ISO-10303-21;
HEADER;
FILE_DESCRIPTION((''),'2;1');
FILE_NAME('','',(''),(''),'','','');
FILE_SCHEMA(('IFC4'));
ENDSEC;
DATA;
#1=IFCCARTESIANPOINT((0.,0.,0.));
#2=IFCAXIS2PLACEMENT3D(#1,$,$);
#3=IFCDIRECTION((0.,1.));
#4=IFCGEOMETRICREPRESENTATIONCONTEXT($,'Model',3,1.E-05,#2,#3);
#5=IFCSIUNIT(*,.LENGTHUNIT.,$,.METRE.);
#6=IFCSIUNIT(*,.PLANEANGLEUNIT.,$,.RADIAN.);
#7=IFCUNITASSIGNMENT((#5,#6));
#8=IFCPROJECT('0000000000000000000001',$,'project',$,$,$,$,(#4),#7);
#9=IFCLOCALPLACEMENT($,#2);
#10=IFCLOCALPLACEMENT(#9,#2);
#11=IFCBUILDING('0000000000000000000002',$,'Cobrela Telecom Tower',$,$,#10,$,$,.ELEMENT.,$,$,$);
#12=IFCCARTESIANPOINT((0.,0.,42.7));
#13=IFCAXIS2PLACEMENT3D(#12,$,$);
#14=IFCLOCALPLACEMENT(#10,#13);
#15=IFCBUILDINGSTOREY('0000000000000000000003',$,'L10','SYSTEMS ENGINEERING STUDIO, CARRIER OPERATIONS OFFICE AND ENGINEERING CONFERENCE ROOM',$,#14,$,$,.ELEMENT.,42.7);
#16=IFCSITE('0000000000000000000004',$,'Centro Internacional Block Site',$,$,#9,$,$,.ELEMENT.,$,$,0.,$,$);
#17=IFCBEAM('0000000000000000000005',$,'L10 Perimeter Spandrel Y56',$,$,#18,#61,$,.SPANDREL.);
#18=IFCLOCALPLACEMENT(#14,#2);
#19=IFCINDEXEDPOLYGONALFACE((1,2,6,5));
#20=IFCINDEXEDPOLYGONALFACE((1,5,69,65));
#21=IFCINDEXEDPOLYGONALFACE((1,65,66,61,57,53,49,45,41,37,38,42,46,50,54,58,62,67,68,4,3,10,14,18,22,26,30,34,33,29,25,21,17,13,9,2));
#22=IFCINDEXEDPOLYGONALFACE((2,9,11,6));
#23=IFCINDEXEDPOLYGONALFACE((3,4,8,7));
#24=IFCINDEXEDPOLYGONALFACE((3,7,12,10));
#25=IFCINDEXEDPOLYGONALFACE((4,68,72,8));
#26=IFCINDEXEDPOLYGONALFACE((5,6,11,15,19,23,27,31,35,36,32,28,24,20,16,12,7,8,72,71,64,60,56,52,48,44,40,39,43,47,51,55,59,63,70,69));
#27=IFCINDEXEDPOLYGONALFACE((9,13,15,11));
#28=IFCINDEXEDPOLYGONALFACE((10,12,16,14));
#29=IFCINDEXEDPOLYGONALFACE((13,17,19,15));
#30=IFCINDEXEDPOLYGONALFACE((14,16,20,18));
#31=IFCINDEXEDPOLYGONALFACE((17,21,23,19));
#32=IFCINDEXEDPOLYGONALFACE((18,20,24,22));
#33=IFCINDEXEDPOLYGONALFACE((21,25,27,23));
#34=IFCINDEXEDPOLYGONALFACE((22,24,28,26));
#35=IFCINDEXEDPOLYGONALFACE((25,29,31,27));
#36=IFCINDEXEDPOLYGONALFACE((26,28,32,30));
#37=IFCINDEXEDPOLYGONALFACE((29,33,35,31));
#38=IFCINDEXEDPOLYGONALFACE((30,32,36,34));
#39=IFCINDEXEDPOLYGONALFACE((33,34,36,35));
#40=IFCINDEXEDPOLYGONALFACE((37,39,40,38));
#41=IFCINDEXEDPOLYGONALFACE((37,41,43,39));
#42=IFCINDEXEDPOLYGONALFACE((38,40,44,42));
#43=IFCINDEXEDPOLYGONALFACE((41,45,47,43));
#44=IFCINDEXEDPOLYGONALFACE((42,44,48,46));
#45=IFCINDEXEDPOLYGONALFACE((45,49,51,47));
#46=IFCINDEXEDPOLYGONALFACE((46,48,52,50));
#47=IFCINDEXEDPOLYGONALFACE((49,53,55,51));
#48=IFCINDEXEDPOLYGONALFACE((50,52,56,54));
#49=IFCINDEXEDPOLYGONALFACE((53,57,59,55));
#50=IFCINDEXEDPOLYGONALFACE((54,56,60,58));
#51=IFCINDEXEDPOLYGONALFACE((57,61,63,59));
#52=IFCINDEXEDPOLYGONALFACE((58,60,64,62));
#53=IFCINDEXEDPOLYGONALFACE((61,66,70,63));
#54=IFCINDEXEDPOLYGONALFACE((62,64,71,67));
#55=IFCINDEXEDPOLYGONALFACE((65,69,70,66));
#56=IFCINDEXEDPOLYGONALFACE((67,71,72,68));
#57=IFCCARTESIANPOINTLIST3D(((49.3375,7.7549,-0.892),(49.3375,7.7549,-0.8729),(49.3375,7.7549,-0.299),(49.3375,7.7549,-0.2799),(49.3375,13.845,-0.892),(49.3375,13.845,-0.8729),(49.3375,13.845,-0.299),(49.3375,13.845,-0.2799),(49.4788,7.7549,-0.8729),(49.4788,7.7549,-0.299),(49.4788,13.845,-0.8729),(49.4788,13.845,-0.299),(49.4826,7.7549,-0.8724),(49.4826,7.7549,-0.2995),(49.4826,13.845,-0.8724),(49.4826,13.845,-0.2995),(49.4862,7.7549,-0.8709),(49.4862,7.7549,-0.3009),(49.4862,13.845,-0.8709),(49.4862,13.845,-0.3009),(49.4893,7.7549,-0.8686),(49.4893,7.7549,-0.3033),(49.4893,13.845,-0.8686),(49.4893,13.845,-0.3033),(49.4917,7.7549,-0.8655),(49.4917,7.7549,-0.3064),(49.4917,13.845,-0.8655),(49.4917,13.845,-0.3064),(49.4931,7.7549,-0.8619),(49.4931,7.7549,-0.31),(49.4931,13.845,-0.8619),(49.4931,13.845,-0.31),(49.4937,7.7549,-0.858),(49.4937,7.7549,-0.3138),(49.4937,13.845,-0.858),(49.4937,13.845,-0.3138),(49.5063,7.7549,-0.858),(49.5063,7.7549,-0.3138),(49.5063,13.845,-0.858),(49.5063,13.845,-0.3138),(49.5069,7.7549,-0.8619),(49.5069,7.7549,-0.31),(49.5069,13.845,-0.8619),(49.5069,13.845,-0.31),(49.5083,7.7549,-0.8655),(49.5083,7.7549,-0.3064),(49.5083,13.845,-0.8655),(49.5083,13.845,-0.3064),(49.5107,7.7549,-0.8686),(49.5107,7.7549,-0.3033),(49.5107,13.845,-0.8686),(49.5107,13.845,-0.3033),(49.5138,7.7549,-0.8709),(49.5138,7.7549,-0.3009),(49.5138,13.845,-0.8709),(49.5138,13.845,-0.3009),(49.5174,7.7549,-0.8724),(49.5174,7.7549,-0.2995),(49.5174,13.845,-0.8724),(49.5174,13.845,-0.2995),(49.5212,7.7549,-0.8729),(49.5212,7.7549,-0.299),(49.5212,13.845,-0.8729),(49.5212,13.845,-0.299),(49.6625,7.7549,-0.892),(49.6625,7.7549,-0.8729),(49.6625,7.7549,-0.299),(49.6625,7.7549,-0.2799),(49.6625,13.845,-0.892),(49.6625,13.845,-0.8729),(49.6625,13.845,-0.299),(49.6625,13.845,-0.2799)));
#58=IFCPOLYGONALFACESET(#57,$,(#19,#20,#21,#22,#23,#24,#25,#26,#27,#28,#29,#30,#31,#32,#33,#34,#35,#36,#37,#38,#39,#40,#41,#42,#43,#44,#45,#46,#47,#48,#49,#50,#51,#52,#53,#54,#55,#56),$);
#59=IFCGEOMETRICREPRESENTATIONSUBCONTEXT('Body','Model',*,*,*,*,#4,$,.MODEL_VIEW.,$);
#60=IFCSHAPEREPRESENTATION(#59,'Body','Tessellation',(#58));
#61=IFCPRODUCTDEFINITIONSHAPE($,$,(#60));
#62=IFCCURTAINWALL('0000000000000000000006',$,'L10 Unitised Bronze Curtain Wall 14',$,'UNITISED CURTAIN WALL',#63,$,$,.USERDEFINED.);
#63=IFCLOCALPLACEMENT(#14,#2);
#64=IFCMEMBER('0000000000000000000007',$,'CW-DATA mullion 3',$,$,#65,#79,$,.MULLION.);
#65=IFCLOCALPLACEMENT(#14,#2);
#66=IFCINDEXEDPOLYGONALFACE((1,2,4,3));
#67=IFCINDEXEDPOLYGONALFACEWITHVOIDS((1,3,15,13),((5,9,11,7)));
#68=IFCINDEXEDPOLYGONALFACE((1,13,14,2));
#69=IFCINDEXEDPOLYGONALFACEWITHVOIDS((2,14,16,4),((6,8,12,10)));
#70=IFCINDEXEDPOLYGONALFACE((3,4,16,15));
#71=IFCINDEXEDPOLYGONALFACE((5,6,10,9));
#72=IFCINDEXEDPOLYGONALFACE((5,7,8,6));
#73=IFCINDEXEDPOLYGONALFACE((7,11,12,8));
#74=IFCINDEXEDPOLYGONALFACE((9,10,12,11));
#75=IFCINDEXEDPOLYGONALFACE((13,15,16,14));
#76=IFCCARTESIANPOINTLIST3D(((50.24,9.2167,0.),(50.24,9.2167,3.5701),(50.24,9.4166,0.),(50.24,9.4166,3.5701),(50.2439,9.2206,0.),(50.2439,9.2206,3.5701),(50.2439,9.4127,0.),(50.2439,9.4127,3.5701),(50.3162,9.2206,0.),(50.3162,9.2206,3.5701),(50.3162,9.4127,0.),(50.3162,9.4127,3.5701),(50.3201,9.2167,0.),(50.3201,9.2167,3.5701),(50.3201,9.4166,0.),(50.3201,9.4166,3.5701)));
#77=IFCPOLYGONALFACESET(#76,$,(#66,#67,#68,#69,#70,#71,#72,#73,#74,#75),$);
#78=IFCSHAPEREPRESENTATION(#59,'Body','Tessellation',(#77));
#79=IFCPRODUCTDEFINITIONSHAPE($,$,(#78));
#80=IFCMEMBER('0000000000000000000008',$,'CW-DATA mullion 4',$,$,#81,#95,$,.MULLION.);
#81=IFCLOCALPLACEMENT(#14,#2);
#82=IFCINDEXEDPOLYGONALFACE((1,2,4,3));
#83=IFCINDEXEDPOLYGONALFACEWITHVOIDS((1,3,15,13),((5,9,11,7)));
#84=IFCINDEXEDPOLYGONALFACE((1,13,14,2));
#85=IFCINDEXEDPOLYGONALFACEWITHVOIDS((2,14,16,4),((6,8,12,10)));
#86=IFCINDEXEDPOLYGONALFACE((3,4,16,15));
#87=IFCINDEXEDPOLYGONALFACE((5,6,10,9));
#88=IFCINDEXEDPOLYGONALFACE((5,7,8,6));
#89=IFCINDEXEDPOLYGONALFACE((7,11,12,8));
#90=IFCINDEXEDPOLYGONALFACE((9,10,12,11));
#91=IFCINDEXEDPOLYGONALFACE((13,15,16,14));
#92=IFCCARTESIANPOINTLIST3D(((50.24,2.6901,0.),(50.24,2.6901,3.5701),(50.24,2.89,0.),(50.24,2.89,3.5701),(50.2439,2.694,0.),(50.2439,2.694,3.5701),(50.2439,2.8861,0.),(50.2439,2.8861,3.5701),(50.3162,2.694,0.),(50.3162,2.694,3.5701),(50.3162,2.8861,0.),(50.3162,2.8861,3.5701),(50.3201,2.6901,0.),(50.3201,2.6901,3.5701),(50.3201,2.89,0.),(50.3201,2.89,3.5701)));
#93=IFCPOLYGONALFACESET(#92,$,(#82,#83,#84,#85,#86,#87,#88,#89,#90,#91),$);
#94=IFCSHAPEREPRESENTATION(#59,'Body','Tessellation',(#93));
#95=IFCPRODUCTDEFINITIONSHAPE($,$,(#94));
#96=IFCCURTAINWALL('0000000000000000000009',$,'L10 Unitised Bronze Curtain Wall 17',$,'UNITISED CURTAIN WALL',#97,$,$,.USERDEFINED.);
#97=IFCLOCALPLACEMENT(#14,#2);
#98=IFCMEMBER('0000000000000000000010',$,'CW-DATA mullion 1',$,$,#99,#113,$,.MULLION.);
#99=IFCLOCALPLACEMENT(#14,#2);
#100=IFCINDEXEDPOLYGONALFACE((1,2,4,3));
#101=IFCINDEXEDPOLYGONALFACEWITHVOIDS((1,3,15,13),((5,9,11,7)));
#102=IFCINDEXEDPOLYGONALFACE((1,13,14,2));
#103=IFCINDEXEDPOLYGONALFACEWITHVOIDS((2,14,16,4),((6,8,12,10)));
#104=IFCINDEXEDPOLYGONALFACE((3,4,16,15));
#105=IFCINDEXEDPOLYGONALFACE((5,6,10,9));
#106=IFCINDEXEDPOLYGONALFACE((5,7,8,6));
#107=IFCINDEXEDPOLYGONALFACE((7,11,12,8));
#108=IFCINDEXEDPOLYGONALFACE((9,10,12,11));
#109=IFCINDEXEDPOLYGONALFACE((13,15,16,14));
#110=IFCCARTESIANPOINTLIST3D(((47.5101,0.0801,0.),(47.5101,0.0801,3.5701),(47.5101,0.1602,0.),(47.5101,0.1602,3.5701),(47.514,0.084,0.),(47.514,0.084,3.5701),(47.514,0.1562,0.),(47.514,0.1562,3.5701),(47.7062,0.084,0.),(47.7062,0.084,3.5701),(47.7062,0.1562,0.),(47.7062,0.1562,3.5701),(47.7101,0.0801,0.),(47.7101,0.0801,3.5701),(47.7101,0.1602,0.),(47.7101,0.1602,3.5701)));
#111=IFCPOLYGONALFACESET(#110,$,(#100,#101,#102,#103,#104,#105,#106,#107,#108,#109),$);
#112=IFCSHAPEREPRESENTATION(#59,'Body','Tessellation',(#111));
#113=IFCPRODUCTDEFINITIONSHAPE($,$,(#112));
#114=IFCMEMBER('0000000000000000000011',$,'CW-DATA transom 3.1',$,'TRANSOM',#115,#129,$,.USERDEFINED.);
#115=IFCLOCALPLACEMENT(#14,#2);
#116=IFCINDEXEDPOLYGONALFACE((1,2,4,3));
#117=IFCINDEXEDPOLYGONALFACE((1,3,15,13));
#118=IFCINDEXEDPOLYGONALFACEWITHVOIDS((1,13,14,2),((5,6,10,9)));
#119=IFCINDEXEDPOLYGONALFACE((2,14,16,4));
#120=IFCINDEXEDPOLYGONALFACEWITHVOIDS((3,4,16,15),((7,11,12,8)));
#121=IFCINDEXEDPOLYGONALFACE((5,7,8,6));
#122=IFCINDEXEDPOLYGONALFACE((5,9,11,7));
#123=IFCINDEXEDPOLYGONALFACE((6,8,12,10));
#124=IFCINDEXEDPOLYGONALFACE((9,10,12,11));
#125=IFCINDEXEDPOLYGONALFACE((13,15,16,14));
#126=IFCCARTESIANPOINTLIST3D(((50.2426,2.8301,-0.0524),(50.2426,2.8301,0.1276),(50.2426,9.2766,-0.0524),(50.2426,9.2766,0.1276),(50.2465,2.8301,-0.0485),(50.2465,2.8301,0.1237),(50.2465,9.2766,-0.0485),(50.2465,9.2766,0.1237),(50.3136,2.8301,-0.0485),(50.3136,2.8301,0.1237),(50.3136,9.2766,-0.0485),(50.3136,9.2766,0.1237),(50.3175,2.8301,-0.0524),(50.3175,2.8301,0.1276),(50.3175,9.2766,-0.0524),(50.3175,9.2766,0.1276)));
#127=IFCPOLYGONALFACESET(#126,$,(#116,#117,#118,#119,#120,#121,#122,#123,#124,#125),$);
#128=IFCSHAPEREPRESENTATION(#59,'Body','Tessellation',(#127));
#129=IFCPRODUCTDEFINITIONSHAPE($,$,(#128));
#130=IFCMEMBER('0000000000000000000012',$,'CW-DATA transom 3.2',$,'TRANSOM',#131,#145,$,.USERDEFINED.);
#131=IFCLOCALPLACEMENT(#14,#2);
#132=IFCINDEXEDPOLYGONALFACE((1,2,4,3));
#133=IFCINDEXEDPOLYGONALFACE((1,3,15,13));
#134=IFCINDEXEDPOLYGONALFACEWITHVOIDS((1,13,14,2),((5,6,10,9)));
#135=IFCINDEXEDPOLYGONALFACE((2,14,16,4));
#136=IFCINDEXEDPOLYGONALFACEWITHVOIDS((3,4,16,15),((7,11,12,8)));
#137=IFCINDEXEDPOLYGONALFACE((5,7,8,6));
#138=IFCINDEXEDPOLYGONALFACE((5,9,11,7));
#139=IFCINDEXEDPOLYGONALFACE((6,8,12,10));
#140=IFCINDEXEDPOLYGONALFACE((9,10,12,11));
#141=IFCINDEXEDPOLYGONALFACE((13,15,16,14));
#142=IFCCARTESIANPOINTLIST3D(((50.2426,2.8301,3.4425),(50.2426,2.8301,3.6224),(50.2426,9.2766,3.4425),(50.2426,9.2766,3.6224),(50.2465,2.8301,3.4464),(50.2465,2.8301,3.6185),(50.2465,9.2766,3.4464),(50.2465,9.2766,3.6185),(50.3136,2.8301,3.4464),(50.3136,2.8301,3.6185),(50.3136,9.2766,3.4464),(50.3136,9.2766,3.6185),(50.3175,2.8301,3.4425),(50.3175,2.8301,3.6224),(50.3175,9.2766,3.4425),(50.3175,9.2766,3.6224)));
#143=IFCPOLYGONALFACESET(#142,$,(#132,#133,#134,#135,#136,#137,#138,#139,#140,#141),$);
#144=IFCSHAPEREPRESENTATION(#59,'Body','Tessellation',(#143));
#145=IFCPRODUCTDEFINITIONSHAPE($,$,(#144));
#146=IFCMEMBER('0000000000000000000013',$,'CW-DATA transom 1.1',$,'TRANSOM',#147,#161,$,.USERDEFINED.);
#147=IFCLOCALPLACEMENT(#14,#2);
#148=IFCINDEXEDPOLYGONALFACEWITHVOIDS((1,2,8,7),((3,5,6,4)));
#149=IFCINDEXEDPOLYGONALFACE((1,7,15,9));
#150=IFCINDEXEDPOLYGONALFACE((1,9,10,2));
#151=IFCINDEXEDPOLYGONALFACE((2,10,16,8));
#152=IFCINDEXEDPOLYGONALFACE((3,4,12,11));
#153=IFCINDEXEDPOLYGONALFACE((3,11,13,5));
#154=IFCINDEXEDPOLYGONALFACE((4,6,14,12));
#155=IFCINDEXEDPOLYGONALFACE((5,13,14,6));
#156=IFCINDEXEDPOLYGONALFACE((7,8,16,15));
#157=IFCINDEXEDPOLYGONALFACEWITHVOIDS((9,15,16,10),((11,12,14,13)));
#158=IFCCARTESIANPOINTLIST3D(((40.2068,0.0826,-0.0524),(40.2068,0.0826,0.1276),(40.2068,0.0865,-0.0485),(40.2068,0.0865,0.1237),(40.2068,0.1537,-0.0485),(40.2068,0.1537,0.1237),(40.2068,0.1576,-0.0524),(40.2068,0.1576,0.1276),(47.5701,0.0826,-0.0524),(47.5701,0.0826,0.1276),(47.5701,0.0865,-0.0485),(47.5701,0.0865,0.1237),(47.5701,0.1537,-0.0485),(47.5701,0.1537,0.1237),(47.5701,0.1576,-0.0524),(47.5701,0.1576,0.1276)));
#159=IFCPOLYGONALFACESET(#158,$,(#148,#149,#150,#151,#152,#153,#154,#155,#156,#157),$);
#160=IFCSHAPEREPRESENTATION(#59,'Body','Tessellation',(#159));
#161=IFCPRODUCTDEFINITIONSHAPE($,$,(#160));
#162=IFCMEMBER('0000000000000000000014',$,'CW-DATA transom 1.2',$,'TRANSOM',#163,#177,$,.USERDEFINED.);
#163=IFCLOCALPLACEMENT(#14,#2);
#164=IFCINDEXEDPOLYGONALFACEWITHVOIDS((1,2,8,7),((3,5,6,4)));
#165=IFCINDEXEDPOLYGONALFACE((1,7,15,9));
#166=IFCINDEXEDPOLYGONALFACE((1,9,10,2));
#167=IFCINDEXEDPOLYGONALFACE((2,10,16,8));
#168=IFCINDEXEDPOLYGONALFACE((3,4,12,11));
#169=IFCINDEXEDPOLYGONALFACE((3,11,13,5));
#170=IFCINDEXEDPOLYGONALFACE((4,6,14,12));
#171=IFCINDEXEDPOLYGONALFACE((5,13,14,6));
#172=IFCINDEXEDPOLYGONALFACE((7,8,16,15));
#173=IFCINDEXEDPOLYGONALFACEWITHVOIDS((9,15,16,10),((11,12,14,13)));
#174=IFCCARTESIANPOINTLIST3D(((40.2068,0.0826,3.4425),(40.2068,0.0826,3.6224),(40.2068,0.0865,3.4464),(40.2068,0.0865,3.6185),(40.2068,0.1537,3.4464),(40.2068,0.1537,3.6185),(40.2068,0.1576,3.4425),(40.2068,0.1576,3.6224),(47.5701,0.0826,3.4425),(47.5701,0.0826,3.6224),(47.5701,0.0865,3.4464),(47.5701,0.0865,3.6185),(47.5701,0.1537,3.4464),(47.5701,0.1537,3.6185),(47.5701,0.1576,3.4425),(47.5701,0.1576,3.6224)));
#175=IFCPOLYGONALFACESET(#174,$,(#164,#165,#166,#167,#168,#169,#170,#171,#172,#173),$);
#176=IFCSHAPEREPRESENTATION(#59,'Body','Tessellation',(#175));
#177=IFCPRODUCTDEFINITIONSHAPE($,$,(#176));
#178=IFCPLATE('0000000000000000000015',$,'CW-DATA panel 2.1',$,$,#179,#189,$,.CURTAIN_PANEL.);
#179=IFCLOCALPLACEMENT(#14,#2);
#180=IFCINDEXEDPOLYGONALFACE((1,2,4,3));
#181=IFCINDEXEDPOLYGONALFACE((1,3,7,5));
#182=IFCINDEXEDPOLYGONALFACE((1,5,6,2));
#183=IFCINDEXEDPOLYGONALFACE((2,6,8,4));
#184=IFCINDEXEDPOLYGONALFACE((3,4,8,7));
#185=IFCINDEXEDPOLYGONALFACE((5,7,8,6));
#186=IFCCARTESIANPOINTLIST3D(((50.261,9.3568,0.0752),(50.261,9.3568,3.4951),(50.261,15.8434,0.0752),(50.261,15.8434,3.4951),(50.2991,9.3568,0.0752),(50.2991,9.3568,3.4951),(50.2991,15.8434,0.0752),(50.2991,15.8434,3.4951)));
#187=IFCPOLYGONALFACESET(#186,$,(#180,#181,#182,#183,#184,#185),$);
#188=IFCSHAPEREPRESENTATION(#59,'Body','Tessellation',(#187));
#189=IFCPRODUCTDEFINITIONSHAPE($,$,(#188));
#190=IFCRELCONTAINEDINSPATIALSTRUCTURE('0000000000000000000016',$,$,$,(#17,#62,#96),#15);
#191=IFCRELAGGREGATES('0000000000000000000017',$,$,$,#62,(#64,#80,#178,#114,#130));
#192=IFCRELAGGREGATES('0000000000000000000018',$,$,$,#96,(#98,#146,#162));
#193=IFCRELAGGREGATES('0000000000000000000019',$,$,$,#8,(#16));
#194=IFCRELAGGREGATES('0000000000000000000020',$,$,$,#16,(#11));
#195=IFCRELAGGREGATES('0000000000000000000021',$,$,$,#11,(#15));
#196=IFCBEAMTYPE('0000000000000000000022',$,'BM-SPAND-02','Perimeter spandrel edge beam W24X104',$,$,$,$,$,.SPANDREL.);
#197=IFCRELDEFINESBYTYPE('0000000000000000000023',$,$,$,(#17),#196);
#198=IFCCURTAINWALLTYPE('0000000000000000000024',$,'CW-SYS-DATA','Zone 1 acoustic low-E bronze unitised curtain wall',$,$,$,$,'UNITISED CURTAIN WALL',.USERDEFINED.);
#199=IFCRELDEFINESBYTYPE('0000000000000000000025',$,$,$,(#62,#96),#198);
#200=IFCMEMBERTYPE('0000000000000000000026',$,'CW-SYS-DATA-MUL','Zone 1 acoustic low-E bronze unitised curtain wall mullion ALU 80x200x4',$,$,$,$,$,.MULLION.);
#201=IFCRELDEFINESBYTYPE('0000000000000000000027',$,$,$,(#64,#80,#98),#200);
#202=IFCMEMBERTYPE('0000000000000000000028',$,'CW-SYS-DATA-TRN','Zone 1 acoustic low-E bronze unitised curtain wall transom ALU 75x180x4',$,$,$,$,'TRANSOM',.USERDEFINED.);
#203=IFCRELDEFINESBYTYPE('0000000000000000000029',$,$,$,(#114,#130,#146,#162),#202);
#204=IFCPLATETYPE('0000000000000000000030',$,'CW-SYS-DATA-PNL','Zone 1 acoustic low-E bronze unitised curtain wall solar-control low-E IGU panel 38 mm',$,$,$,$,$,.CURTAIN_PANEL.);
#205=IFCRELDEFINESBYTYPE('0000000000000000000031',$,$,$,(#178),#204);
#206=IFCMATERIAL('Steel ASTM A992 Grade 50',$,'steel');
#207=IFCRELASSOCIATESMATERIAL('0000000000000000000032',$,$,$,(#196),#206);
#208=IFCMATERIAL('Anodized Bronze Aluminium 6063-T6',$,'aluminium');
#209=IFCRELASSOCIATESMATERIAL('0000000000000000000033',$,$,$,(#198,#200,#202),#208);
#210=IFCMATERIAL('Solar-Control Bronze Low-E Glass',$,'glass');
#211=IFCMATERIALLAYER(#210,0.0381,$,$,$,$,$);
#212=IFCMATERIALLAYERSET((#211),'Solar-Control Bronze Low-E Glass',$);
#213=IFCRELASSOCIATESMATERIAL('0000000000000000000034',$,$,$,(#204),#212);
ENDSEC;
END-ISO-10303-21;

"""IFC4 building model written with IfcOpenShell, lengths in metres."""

from ifc_helpers import new_model, si_unit, direction, frame, origin, origin_2d, place, context, subcontext, project, spatial, rectangle, hollow_rectangle, i_section, extrude, material, layer, layer_set, material_profile, profile_set, type_object, element, aggregate, save


model = new_model("IFC4")

# Units and contexts
model_context = context("Model", 3, precision=1e-05, world=origin(), true_north=direction((0.0, 1.0)))
body_context = subcontext(model_context, "Body", "Model", "MODEL_VIEW")
ifc_project = project(units=[si_unit("LENGTHUNIT", "METRE"), si_unit("PLANEANGLEUNIT", "RADIAN")], contexts=[model_context])

# Site, building, storey
site_placement = place(None, origin())
site = spatial("IfcSite", under=ifc_project, at=site_placement, Name="Centro Internacional Block Site", CompositionType="ELEMENT", RefElevation=0.0)
building_placement = place(site_placement, origin())
building = spatial("IfcBuilding", under=site, at=building_placement, Name="Cobrela Telecom Tower", CompositionType="ELEMENT")
storey_placement = place(building_placement, frame((0.0, 0.0, 42.7)))
storey = spatial("IfcBuildingStorey", under=building, at=storey_placement, Name="L10", Description="SYSTEMS ENGINEERING STUDIO, CARRIER OPERATIONS OFFICE AND ENGINEERING CONFERENCE ROOM", CompositionType="ELEMENT", Elevation=42.7)

# Shared definitions
ifc_material_1 = material(Name="Steel ASTM A992 Grade 50", Category="steel")

# Beam
ifc_material_profile_1 = material_profile(ifc_material_1, i_section(OverallWidth=0.325, OverallDepth=0.6121, WebThickness=0.0127, FlangeThickness=0.019, FilletRadius=0.0149, at=origin_2d()), Name="W24X104")
ifc_profile_set_1 = profile_set([ifc_material_profile_1], Name="Steel ASTM A992 Grade 50")
beam_type_1 = type_object("IfcBeamType", Name="BM-SPAND-02", Description="Perimeter spandrel edge beam W24X104", PredefinedType="SPANDREL", material=ifc_profile_set_1)
beam_1_placement = place(storey_placement, frame((49.5, 7.7549, -0.5859), z_axis=(0.0, 1.0, 0.0), x_axis=(-1.0, 0.0, 0.0)))
element("IfcBeam", 1, at=beam_1_placement, inside=storey, type_object=beam_type_1, Name="L10 Perimeter Spandrel Y56", PredefinedType="SPANDREL", context=body_context, shape_type="SweptSolid", body=[
    extrude(i_section(OverallWidth=0.325, OverallDepth=0.6121, WebThickness=0.0127, FlangeThickness=0.019, FilletRadius=0.0149, at=origin_2d()), origin(), (0.0, 0.0, 1.0), 6.0901),
])

# Curtain wall, members
ifc_material_2 = material(Name="Anodized Bronze Aluminium 6063-T6", Category="aluminium")
curtain_wall_type = type_object("IfcCurtainWallType", Name="CW-SYS-DATA", Description="Zone 1 acoustic low-E bronze unitised curtain wall", ElementType="UNITISED CURTAIN WALL", PredefinedType="USERDEFINED", material=ifc_material_2)
curtain_wall_1_placement = place(storey_placement, origin())
curtain_wall_1 = element("IfcCurtainWall", 2, at=curtain_wall_1_placement, inside=storey, type_object=curtain_wall_type, Name="L10 Unitised Bronze Curtain Wall 14", ObjectType="UNITISED CURTAIN WALL", PredefinedType="USERDEFINED")
ifc_material_profile_2 = material_profile(ifc_material_2, hollow_rectangle(XDim=0.0801, YDim=0.2, WallThickness=0.0039, at=origin_2d()), Name="ALU 80x200x4")
ifc_profile_set_2 = profile_set([ifc_material_profile_2], Name="Anodized Bronze Aluminium 6063-T6")
member_type_1 = type_object("IfcMemberType", Name="CW-SYS-DATA-MUL", Description="Zone 1 acoustic low-E bronze unitised curtain wall mullion ALU 80x200x4", PredefinedType="MULLION", material=ifc_profile_set_2)
member_1_placement = place(storey_placement, frame((50.28, 9.3167, 0.0), z_axis=(0.0, 0.0, 1.0), x_axis=(1.0, 0.0, 0.0)))
member_1 = element("IfcMember", 3, at=member_1_placement, type_object=member_type_1, Name="CW-DATA mullion 3", PredefinedType="MULLION", context=body_context, shape_type="SweptSolid", body=[
    extrude(hollow_rectangle(XDim=0.0801, YDim=0.2, WallThickness=0.0039, at=origin_2d()), origin(), (0.0, 0.0, 1.0), 3.5701),
])
member_2_placement = place(storey_placement, frame((50.28, 2.79, 0.0), z_axis=(0.0, 0.0, 1.0), x_axis=(1.0, 0.0, 0.0)))
member_2 = element("IfcMember", 4, at=member_2_placement, type_object=member_type_1, Name="CW-DATA mullion 4", PredefinedType="MULLION", context=body_context, shape_type="SweptSolid", body=[
    extrude(hollow_rectangle(XDim=0.0801, YDim=0.2, WallThickness=0.0039, at=origin_2d()), origin(), (0.0, 0.0, 1.0), 3.5701),
])

# Curtain wall, member
curtain_wall_2_placement = place(storey_placement, origin())
curtain_wall_2 = element("IfcCurtainWall", 5, at=curtain_wall_2_placement, inside=storey, type_object=curtain_wall_type, Name="L10 Unitised Bronze Curtain Wall 17", ObjectType="UNITISED CURTAIN WALL", PredefinedType="USERDEFINED")
member_3_placement = place(storey_placement, frame((47.6101, 0.1201, 0.0), z_axis=(0.0, 0.0, 1.0), x_axis=(0.0, -1.0, 0.0)))
member_3 = element("IfcMember", 6, at=member_3_placement, type_object=member_type_1, Name="CW-DATA mullion 1", PredefinedType="MULLION", context=body_context, shape_type="SweptSolid", body=[
    extrude(hollow_rectangle(XDim=0.0801, YDim=0.2, WallThickness=0.0039, at=origin_2d()), origin(), (0.0, 0.0, 1.0), 3.5701),
])

# Members
ifc_material_profile_3 = material_profile(ifc_material_2, hollow_rectangle(XDim=0.075, YDim=0.1799, WallThickness=0.0039, at=origin_2d()), Name="ALU 75x180x4")
ifc_profile_set_3 = profile_set([ifc_material_profile_3], Name="Anodized Bronze Aluminium 6063-T6")
member_type_2 = type_object("IfcMemberType", Name="CW-SYS-DATA-TRN", Description="Zone 1 acoustic low-E bronze unitised curtain wall transom ALU 75x180x4", ElementType="TRANSOM", PredefinedType="USERDEFINED", material=ifc_profile_set_3)
member_4_placement = place(storey_placement, frame((50.28, 9.2766, 0.0376), z_axis=(0.0, -1.0, 0.0), x_axis=(1.0, 0.0, 0.0)))
member_4 = element("IfcMember", 7, at=member_4_placement, type_object=member_type_2, Name="CW-DATA transom 3.1", ObjectType="TRANSOM", PredefinedType="USERDEFINED", context=body_context, shape_type="SweptSolid", body=[
    extrude(hollow_rectangle(XDim=0.075, YDim=0.1799, WallThickness=0.0039, at=origin_2d()), origin(), (0.0, 0.0, 1.0), 6.4465),
])
member_5_placement = place(storey_placement, frame((50.28, 9.2766, 3.5325), z_axis=(0.0, -1.0, 0.0), x_axis=(1.0, 0.0, 0.0)))
member_5 = element("IfcMember", 8, at=member_5_placement, type_object=member_type_2, Name="CW-DATA transom 3.2", ObjectType="TRANSOM", PredefinedType="USERDEFINED", context=body_context, shape_type="SweptSolid", body=[
    extrude(hollow_rectangle(XDim=0.075, YDim=0.1799, WallThickness=0.0039, at=origin_2d()), origin(), (0.0, 0.0, 1.0), 6.4465),
])
member_6_placement = place(storey_placement, frame((47.5701, 0.1201, 0.0376), z_axis=(-1.0, 0.0, 0.0), x_axis=(0.0, -1.0, 0.0)))
member_6 = element("IfcMember", 9, at=member_6_placement, type_object=member_type_2, Name="CW-DATA transom 1.1", ObjectType="TRANSOM", PredefinedType="USERDEFINED", context=body_context, shape_type="SweptSolid", body=[
    extrude(hollow_rectangle(XDim=0.075, YDim=0.1799, WallThickness=0.0039, at=origin_2d()), origin(), (0.0, 0.0, 1.0), 7.3633),
])
member_7_placement = place(storey_placement, frame((47.5701, 0.1201, 3.5325), z_axis=(-1.0, 0.0, 0.0), x_axis=(0.0, -1.0, 0.0)))
member_7 = element("IfcMember", 10, at=member_7_placement, type_object=member_type_2, Name="CW-DATA transom 1.2", ObjectType="TRANSOM", PredefinedType="USERDEFINED", context=body_context, shape_type="SweptSolid", body=[
    extrude(hollow_rectangle(XDim=0.075, YDim=0.1799, WallThickness=0.0039, at=origin_2d()), origin(), (0.0, 0.0, 1.0), 7.3633),
])

# Plate
ifc_material_3 = material(Name="Solar-Control Bronze Low-E Glass", Category="glass")
ifc_layer_1 = layer(ifc_material_3, 0.0381)
ifc_layer_set_1 = layer_set([ifc_layer_1], Name="Solar-Control Bronze Low-E Glass")
plate_type = type_object("IfcPlateType", Name="CW-SYS-DATA-PNL", Description="Zone 1 acoustic low-E bronze unitised curtain wall solar-control low-E IGU panel 38 mm", PredefinedType="CURTAIN_PANEL", material=ifc_layer_set_1)
plate_1_placement = place(storey_placement, frame((50.28, 12.6001, 0.0752), z_axis=(0.0, 0.0, 1.0), x_axis=(0.0, -1.0, 0.0)))
plate_1 = element("IfcPlate", 11, at=plate_1_placement, type_object=plate_type, Name="CW-DATA panel 2.1", PredefinedType="CURTAIN_PANEL", context=body_context, shape_type="SweptSolid", body=[
    extrude(rectangle(XDim=6.4866, YDim=0.0381, at=origin_2d()), origin(), (0.0, 0.0, 1.0), 3.4199),
])
aggregate(curtain_wall_1, [member_1, member_2, plate_1, member_4, member_5])
aggregate(curtain_wall_2, [member_3, member_6, member_7])

save(model, "model.ifc")
